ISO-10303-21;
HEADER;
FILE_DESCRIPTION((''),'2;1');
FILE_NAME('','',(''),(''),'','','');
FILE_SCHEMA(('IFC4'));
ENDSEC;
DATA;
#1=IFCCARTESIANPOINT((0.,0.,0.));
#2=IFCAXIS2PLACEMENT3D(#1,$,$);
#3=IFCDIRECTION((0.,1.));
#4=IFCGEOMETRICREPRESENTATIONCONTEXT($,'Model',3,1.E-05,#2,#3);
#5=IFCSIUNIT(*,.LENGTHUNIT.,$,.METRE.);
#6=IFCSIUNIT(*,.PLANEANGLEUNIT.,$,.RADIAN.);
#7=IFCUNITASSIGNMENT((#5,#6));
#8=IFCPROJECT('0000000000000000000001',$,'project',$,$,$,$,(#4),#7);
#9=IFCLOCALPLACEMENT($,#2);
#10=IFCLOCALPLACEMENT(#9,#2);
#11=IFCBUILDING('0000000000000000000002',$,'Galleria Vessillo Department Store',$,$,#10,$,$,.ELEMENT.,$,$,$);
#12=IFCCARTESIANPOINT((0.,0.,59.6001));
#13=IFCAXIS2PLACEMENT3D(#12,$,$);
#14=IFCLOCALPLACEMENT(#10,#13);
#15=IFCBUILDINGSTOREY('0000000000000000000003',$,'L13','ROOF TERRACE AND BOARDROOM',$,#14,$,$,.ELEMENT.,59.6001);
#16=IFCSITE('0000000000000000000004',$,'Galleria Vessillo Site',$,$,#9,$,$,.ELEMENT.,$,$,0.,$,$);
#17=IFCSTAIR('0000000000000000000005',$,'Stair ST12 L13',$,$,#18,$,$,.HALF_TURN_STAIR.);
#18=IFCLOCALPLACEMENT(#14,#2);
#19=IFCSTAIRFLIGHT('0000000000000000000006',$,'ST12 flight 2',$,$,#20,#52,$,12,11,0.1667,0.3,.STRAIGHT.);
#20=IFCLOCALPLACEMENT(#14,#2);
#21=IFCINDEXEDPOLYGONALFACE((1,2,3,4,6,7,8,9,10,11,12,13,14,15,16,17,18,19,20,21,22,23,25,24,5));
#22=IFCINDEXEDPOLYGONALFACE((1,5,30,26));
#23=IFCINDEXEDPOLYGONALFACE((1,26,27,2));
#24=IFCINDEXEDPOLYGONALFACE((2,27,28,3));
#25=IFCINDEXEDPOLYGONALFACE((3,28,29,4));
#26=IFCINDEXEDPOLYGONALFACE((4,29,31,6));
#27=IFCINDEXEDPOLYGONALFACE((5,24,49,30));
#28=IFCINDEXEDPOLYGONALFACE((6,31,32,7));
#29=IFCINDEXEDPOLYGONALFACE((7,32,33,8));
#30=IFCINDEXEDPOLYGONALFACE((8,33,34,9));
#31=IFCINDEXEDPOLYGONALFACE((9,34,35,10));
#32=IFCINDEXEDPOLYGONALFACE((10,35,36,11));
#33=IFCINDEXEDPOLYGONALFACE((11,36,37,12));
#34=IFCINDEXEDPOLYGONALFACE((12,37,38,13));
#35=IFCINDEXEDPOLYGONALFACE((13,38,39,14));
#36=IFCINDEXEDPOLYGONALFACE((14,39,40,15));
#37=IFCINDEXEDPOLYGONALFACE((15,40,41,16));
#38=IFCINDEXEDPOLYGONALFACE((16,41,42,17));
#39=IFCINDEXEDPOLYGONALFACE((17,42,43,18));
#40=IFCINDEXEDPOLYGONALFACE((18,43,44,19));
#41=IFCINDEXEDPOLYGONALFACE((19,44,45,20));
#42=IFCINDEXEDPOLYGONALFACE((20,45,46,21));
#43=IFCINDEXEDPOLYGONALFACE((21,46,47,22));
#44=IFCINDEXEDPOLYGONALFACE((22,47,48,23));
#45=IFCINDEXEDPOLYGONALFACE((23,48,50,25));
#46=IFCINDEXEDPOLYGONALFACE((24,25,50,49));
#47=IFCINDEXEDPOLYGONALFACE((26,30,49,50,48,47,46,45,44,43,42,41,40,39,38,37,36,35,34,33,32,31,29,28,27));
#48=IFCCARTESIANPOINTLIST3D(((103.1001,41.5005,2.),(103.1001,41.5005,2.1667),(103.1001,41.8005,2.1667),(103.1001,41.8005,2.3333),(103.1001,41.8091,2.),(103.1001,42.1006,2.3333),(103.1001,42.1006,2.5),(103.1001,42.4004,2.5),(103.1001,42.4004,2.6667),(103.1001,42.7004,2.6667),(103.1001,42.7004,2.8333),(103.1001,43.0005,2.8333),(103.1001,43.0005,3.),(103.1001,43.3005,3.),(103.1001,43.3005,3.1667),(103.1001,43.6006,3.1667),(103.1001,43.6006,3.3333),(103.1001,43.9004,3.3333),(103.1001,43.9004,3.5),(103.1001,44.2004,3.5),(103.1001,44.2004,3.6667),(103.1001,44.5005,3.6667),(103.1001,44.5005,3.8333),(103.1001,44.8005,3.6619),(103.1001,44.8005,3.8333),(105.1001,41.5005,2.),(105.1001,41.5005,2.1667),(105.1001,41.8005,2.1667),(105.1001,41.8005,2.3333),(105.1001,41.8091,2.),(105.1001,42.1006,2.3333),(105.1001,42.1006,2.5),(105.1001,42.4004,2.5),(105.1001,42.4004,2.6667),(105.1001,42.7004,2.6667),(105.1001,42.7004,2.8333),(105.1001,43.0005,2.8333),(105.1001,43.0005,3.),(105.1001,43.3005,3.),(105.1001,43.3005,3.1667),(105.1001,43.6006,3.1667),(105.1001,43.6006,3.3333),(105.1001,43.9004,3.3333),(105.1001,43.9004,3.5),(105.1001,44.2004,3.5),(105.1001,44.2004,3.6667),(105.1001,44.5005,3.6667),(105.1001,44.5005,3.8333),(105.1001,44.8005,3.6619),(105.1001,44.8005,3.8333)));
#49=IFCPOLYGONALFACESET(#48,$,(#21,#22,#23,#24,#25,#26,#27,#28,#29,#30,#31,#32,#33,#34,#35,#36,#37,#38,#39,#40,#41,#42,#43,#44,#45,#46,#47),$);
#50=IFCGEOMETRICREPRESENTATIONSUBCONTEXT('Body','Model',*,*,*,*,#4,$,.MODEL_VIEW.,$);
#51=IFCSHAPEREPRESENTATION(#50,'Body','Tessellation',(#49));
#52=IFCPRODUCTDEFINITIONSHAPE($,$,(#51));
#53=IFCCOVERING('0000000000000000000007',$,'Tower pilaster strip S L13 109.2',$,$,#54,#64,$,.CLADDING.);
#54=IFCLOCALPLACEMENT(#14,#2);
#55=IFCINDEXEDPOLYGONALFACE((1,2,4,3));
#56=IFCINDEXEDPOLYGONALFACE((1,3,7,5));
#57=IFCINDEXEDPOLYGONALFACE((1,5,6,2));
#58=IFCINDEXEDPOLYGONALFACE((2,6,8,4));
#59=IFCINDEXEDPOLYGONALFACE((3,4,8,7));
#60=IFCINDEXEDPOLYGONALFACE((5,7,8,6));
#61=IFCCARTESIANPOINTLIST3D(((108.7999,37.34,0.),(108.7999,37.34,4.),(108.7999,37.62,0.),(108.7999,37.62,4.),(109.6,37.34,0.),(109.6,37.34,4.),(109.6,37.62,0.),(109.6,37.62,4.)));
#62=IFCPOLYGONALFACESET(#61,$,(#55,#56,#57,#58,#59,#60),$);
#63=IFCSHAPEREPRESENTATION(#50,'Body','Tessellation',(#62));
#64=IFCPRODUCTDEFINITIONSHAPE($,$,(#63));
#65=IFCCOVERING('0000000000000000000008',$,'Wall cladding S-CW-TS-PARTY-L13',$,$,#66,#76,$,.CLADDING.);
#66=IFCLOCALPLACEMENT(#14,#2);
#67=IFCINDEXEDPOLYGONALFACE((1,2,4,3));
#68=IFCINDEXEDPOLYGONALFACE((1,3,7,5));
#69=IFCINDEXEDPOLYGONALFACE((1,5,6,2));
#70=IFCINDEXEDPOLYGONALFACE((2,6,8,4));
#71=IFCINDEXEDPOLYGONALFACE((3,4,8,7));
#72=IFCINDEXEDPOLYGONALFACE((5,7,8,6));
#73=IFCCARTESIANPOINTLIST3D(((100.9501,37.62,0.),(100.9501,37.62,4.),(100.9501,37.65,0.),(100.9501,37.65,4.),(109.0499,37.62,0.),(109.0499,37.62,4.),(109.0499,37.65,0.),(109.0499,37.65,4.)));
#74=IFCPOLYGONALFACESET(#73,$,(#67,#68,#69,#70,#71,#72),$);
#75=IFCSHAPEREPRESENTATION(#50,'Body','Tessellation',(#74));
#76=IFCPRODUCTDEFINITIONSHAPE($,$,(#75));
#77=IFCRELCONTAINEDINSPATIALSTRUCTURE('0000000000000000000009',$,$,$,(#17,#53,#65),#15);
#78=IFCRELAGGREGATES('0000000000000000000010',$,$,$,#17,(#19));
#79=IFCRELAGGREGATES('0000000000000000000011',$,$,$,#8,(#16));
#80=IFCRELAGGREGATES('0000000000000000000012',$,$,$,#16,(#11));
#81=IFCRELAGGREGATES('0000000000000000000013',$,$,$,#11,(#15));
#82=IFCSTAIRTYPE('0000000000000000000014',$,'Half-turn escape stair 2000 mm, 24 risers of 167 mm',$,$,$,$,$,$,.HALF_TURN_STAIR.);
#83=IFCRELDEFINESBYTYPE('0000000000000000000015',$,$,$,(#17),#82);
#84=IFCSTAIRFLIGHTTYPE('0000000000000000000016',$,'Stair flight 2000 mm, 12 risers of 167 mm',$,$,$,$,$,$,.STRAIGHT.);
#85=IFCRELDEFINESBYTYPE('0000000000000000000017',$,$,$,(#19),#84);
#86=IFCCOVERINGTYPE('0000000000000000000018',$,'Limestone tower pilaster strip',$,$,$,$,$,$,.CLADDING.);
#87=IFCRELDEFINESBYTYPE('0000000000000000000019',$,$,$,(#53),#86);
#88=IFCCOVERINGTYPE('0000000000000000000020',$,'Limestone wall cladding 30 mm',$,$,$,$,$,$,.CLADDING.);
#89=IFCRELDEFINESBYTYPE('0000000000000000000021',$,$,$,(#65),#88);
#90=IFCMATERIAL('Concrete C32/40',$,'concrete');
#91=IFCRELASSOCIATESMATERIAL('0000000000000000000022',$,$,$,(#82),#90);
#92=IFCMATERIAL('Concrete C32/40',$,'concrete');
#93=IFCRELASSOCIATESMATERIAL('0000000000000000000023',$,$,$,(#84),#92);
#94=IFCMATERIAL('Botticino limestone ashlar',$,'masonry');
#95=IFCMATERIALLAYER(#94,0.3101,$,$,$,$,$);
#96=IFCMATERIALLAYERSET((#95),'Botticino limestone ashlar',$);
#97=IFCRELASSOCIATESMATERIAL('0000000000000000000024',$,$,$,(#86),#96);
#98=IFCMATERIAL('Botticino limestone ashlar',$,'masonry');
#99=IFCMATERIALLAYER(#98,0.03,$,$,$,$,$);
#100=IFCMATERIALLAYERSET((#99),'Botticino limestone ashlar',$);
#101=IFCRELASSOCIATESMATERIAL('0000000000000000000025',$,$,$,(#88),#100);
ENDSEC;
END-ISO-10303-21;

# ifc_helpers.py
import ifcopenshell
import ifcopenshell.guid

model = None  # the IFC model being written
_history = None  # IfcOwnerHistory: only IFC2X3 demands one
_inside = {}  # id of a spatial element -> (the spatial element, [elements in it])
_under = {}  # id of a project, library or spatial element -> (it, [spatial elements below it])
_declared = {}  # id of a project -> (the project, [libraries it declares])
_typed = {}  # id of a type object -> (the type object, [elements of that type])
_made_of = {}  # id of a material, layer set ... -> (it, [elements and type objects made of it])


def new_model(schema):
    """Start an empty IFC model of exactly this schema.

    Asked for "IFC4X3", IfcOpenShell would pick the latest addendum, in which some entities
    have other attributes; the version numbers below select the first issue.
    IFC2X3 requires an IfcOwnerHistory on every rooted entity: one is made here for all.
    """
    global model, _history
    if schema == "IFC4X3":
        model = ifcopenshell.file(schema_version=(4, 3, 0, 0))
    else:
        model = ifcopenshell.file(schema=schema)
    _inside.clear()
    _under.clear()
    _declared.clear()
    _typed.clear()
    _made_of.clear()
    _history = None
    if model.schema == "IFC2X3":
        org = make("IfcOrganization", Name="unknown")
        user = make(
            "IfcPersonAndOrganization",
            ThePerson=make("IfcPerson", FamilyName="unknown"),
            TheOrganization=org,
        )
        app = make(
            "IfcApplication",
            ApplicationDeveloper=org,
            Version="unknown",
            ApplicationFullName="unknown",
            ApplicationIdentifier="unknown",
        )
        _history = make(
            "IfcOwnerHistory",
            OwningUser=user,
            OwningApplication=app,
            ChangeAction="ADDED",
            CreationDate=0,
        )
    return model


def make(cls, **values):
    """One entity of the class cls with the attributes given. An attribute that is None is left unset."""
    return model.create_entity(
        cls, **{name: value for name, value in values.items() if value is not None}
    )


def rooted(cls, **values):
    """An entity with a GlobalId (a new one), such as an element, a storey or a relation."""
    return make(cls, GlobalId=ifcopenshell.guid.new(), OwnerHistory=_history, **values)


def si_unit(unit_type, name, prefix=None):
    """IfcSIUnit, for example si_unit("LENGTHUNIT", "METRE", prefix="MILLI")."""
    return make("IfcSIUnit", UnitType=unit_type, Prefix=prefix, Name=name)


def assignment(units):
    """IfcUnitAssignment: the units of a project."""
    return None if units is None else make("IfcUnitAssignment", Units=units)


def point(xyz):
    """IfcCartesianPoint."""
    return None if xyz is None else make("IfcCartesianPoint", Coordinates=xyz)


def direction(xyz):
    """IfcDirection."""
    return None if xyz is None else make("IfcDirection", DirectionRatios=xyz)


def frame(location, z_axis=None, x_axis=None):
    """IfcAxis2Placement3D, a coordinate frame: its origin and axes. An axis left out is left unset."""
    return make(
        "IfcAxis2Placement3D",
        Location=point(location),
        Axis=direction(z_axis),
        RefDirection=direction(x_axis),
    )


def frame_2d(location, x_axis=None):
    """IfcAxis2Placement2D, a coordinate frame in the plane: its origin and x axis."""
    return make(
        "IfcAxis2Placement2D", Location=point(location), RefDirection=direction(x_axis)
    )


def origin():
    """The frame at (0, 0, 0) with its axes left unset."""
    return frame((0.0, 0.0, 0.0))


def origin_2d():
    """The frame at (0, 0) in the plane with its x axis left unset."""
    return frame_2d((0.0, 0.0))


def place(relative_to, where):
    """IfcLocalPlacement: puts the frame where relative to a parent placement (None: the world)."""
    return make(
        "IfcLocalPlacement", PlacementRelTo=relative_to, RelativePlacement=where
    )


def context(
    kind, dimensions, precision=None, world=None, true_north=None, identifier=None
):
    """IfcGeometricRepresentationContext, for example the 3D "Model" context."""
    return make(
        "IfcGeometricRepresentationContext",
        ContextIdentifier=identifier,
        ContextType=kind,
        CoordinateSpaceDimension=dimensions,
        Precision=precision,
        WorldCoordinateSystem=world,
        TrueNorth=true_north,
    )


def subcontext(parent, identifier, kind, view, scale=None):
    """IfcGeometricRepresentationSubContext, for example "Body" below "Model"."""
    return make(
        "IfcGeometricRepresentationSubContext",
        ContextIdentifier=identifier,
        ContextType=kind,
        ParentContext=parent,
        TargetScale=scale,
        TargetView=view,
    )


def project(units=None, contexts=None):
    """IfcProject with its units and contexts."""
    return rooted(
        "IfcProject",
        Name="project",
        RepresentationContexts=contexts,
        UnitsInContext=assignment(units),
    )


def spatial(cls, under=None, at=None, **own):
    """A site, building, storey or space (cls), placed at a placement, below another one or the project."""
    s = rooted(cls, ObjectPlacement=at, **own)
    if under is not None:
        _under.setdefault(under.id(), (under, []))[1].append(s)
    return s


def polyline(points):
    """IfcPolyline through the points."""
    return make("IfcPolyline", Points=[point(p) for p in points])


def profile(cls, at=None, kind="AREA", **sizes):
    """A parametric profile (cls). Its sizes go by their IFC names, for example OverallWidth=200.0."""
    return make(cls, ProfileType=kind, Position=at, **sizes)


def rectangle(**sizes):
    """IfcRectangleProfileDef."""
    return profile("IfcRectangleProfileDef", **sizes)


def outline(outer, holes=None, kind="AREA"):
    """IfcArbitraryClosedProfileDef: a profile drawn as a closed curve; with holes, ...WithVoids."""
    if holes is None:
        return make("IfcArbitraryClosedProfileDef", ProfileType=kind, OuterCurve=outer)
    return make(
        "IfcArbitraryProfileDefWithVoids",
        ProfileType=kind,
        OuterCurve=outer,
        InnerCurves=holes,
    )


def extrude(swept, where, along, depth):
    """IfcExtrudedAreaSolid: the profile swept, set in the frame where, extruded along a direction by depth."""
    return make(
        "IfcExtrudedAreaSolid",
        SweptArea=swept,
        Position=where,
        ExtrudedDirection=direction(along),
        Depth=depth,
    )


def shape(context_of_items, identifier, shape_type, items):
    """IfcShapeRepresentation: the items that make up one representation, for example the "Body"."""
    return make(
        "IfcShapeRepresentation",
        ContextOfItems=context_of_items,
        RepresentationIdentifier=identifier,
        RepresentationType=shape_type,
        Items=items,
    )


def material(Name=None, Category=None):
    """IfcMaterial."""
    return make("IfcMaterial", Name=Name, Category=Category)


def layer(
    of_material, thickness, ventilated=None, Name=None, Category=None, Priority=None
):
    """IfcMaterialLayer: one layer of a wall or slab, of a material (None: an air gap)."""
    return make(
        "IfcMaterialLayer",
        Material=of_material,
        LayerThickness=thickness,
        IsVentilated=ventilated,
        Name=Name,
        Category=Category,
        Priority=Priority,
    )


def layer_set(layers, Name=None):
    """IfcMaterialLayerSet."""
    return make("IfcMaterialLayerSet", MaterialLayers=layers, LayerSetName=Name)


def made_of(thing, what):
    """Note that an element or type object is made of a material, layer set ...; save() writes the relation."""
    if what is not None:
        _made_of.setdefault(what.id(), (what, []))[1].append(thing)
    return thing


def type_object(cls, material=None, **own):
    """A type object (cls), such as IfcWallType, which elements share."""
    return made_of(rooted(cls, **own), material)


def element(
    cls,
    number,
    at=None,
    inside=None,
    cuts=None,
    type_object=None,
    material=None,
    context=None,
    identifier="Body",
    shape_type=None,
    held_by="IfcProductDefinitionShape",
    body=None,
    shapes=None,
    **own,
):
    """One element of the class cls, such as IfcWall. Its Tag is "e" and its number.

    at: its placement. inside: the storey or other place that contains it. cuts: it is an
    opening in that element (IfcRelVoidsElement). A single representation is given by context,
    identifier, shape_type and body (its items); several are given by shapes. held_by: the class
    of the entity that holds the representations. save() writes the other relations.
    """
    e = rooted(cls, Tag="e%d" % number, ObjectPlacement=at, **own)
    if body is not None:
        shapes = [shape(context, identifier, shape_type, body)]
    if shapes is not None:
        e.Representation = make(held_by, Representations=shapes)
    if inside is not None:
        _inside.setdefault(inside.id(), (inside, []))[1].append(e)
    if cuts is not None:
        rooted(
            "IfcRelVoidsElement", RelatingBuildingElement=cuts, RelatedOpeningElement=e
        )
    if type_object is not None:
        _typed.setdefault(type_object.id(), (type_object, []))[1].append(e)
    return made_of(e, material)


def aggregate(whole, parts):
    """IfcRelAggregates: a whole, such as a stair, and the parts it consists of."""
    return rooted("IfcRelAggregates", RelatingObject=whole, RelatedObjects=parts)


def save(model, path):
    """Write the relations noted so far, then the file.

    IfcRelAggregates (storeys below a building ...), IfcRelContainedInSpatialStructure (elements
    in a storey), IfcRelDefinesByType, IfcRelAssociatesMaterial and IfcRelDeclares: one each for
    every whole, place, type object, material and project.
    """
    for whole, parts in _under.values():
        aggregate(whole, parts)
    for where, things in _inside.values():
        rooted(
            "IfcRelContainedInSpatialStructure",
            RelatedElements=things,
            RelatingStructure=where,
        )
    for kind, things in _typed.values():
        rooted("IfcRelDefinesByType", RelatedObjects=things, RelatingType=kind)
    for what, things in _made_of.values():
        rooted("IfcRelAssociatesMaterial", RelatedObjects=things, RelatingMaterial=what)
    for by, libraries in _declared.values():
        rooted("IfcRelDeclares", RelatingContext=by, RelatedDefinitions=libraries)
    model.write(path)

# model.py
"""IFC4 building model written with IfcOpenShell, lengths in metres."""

from ifc_helpers import new_model, si_unit, direction, frame, origin, origin_2d, place, context, subcontext, project, spatial, polyline, rectangle, outline, extrude, material, layer, layer_set, type_object, element, aggregate, save


model = new_model("IFC4")

# Units and contexts
model_context = context("Model", 3, precision=1e-05, world=origin(), true_north=direction((0.0, 1.0)))
body_context = subcontext(model_context, "Body", "Model", "MODEL_VIEW")
ifc_project = project(units=[si_unit("LENGTHUNIT", "METRE"), si_unit("PLANEANGLEUNIT", "RADIAN")], contexts=[model_context])

# Site, building, storey
site_placement = place(None, origin())
site = spatial("IfcSite", under=ifc_project, at=site_placement, Name="Galleria Vessillo Site", CompositionType="ELEMENT", RefElevation=0.0)
building_placement = place(site_placement, origin())
building = spatial("IfcBuilding", under=site, at=building_placement, Name="Galleria Vessillo Department Store", CompositionType="ELEMENT")
storey_placement = place(building_placement, frame((0.0, 0.0, 59.6001)))
storey = spatial("IfcBuildingStorey", under=building, at=storey_placement, Name="L13", Description="ROOF TERRACE AND BOARDROOM", CompositionType="ELEMENT", Elevation=59.6001)

# Stair, stair flight
ifc_material_1 = material(Name="Concrete C32/40", Category="concrete")
stair_type = type_object("IfcStairType", Name="Half-turn escape stair 2000 mm, 24 risers of 167 mm", PredefinedType="HALF_TURN_STAIR", material=ifc_material_1)
stair_placement = place(storey_placement, origin())
stair = element("IfcStair", 1, at=stair_placement, inside=storey, type_object=stair_type, Name="Stair ST12 L13", PredefinedType="HALF_TURN_STAIR")
ifc_material_2 = material(Name="Concrete C32/40", Category="concrete")
stair_flight_type = type_object("IfcStairFlightType", Name="Stair flight 2000 mm, 12 risers of 167 mm", PredefinedType="STRAIGHT", material=ifc_material_2)
stair_flight_placement = place(storey_placement, frame((104.1001, 41.5005, 2.0), z_axis=(0.0, 0.0, 1.0), x_axis=(0.0, 1.0, 0.0)))
stair_flight = element("IfcStairFlight", 2, at=stair_flight_placement, type_object=stair_flight_type, Name="ST12 flight 2", NumberOfRisers=12, NumberOfTreads=11, PredefinedType="STRAIGHT", RiserHeight=0.1667, TreadLength=0.3, context=body_context, shape_type="SweptSolid", body=[
    extrude(outline(polyline([(0.0, 0.0), (0.0, 0.1667), (0.3, 0.1667), (0.3, 0.3333), (0.6001, 0.3333), (0.6001, 0.5), (0.8999, 0.5), (0.8999, 0.6667), (1.2, 0.6667), (1.2, 0.8333), (1.5, 0.8333), (1.5, 1.0), (1.8, 1.0), (1.8, 1.1667), (2.1001, 1.1667), (2.1001, 1.3333), (2.3999, 1.3333), (2.3999, 1.5), (2.7, 1.5), (2.7, 1.6667), (3.0, 1.6667), (3.0, 1.8333), (3.3, 1.8333), (3.3, 2.0), (3.3, 1.6619), (0.3086, 0.0), (0.0, 0.0)])), frame((0.0, 1.0, 0.0), z_axis=(0.0, -1.0, 0.0), x_axis=(1.0, 0.0, 0.0)), (0.0, 0.0, 1.0), 2.0),
])
aggregate(stair, [stair_flight])

# Coverings
ifc_material_3 = material(Name="Botticino limestone ashlar", Category="masonry")
ifc_layer_1 = layer(ifc_material_3, 0.3101)
ifc_layer_set_1 = layer_set([ifc_layer_1], Name="Botticino limestone ashlar")
covering_type_1 = type_object("IfcCoveringType", Name="Limestone tower pilaster strip", PredefinedType="CLADDING", material=ifc_layer_set_1)
covering_1_placement = place(storey_placement, frame((109.2, 37.48, 0.0), z_axis=(0.0, 0.0, 1.0), x_axis=(1.0, 0.0, 0.0)))
element("IfcCovering", 3, at=covering_1_placement, inside=storey, type_object=covering_type_1, Name="Tower pilaster strip S L13 109.2", PredefinedType="CLADDING", context=body_context, shape_type="SweptSolid", body=[
    extrude(rectangle(XDim=0.8, YDim=0.28, at=origin_2d()), origin(), (0.0, 0.0, 1.0), 4.0),
])
ifc_material_4 = material(Name="Botticino limestone ashlar", Category="masonry")
ifc_layer_2 = layer(ifc_material_4, 0.03)
ifc_layer_set_2 = layer_set([ifc_layer_2], Name="Botticino limestone ashlar")
covering_type_2 = type_object("IfcCoveringType", Name="Limestone wall cladding 30 mm", PredefinedType="CLADDING", material=ifc_layer_set_2)
covering_2_placement = place(storey_placement, frame((105.0, 37.635, 0.0), z_axis=(0.0, 0.0, 1.0), x_axis=(1.0, 0.0, 0.0)))
element("IfcCovering", 4, at=covering_2_placement, inside=storey, type_object=covering_type_2, Name="Wall cladding S-CW-TS-PARTY-L13", PredefinedType="CLADDING", context=body_context, shape_type="SweptSolid", body=[
    extrude(rectangle(XDim=8.0999, YDim=0.03, at=origin_2d()), origin(), (0.0, 0.0, 1.0), 4.0),
])

save(model, "model.ifc")
